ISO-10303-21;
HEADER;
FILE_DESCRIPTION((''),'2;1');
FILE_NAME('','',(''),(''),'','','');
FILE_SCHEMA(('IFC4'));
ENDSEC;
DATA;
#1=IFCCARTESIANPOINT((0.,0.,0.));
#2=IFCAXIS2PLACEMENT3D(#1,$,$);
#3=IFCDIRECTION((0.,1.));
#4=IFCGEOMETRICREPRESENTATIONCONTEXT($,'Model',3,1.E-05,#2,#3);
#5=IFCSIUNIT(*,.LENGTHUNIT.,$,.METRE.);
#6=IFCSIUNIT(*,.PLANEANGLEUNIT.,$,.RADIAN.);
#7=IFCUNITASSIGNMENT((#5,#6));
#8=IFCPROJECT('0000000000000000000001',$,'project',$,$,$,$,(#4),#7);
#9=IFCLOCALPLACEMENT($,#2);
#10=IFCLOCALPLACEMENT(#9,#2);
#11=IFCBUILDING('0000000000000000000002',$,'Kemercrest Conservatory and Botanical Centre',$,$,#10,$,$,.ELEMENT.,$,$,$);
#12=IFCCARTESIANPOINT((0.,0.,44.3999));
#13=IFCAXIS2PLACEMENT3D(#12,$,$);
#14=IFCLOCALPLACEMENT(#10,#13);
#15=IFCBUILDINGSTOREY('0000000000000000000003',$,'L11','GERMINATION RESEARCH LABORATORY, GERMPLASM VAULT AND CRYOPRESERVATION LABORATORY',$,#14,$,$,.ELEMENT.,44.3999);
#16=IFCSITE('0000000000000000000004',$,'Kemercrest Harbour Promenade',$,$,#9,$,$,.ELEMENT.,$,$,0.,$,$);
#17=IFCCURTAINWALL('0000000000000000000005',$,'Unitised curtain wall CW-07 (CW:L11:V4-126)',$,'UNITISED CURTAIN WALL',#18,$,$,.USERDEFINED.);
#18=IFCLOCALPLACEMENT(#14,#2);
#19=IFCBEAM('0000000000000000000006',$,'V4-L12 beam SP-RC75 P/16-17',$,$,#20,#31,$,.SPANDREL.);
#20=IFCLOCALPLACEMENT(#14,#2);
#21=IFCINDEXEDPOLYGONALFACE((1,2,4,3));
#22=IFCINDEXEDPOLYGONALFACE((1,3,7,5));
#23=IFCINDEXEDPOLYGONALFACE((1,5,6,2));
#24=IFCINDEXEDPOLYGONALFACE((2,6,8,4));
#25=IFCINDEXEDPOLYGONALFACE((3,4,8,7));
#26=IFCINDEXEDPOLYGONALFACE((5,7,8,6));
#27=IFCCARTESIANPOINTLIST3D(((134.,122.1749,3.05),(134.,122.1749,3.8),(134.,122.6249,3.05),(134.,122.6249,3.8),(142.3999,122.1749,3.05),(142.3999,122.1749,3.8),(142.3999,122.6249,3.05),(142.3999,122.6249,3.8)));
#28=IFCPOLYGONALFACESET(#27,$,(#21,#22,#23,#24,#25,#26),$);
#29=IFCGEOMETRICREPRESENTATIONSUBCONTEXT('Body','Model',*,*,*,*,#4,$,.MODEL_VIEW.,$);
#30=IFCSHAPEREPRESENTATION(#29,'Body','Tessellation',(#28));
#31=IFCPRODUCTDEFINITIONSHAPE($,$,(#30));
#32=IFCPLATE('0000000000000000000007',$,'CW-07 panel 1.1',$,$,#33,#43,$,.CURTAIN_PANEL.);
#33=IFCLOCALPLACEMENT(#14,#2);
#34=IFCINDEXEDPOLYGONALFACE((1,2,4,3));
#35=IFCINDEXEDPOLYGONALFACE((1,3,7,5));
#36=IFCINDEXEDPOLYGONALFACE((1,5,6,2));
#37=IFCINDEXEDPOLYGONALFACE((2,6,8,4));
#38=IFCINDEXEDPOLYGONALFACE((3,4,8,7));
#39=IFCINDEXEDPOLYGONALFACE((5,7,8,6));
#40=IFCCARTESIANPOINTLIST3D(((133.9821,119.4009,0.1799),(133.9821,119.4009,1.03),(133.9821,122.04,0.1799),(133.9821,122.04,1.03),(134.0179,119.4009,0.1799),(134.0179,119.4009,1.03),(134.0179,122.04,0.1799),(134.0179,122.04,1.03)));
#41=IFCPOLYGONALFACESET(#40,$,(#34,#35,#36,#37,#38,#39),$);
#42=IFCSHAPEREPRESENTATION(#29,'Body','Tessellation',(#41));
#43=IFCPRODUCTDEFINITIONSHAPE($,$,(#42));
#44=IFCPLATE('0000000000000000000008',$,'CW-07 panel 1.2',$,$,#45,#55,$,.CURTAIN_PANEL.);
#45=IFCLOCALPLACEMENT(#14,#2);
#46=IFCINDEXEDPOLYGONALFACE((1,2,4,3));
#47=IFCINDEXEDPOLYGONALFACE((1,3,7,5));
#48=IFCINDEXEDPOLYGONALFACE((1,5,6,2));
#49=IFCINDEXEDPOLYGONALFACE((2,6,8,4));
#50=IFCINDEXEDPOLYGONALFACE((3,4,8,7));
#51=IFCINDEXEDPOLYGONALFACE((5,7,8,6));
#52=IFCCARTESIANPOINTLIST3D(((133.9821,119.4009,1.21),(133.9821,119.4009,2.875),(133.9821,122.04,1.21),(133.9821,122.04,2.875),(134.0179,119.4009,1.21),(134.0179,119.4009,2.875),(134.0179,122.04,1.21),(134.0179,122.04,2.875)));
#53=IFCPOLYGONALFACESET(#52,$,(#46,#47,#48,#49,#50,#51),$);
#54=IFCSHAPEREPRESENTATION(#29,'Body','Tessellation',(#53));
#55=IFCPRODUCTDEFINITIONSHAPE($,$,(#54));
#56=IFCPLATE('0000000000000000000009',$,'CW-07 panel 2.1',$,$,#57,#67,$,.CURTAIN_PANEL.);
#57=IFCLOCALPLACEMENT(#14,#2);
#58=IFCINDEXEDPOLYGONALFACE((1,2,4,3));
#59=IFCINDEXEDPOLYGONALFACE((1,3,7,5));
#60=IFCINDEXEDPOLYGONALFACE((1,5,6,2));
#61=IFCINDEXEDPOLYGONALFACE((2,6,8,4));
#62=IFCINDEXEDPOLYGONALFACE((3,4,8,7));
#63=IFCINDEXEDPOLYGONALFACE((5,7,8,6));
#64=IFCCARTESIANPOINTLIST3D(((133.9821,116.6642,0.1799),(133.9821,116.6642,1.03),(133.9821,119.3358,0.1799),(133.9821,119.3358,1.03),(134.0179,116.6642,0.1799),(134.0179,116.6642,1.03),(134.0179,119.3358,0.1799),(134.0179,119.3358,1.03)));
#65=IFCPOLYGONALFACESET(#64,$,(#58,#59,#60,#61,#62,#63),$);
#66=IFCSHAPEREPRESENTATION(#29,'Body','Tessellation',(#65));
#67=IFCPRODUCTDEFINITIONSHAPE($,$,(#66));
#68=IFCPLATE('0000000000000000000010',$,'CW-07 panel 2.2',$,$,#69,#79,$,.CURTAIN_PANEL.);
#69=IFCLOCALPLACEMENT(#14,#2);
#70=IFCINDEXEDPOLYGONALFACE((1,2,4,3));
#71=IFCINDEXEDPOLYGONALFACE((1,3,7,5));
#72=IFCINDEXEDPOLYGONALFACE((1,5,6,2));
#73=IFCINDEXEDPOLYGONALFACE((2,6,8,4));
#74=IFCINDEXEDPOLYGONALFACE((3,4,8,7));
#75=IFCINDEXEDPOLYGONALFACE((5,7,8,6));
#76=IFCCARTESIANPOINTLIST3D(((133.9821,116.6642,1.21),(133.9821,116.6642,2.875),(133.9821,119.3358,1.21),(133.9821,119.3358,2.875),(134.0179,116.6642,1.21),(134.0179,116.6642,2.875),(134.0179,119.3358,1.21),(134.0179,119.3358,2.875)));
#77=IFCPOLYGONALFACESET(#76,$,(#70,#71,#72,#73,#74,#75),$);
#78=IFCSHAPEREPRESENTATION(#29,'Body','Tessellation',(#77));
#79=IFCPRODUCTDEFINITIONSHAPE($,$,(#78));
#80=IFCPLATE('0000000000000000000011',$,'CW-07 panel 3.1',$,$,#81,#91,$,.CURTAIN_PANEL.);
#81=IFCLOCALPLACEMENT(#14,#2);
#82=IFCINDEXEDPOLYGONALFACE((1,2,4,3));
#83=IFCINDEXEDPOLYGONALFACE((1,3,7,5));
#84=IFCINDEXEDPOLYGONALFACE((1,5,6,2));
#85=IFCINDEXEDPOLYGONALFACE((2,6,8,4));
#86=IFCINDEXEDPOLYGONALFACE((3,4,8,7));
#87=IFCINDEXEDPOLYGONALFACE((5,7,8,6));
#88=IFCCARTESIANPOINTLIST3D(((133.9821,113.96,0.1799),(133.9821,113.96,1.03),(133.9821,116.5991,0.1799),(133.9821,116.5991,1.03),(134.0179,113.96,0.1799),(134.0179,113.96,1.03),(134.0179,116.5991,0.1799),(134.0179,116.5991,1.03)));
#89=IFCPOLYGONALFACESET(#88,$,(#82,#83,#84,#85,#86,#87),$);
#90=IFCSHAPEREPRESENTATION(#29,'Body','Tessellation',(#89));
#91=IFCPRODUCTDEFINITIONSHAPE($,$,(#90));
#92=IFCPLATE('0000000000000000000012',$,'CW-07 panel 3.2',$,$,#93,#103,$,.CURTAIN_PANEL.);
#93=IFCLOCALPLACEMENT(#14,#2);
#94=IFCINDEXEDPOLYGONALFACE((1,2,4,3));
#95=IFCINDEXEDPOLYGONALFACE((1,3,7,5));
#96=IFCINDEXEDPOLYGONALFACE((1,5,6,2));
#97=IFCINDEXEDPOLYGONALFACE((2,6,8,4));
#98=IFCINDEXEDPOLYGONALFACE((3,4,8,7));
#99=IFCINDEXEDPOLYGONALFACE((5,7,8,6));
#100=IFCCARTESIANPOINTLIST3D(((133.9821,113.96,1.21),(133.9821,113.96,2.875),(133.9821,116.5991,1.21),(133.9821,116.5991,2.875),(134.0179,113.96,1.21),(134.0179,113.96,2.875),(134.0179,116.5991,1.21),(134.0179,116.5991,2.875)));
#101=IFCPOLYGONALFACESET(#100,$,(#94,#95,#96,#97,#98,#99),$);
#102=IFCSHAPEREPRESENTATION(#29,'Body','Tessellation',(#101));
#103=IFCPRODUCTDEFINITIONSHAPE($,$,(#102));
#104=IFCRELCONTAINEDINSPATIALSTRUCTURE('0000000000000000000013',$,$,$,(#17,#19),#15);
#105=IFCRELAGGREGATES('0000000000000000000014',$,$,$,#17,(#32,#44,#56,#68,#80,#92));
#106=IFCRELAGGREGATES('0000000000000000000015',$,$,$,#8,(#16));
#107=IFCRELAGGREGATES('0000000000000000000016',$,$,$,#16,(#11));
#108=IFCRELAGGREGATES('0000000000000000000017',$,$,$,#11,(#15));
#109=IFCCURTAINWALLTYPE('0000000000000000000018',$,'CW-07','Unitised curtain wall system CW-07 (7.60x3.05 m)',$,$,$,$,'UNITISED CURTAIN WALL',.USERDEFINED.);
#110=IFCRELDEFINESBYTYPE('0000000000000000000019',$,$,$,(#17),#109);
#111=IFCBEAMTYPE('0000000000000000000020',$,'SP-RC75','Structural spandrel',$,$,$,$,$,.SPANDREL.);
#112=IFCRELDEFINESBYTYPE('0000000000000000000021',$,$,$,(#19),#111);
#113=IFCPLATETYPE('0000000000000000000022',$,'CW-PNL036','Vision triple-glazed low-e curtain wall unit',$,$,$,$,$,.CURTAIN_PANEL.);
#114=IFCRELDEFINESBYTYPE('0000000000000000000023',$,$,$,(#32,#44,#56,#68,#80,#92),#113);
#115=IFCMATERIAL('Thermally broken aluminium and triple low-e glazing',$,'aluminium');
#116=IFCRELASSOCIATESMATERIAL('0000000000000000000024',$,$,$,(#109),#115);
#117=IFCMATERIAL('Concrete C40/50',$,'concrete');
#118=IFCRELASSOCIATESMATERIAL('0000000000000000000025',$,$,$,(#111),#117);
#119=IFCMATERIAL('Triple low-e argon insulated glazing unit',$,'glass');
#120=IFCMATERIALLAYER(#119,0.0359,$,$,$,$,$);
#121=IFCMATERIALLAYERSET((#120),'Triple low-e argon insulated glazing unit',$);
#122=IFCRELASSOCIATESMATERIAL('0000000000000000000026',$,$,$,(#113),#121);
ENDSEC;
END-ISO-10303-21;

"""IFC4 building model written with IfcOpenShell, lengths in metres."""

from ifc_helpers import new_model, si_unit, direction, frame, origin, origin_2d, place, context, subcontext, project, spatial, rectangle, extrude, material, layer, layer_set, material_profile, profile_set, type_object, element, aggregate, save


model = new_model("IFC4")

# Units and contexts
model_context = context("Model", 3, precision=1e-05, world=origin(), true_north=direction((0.0, 1.0)))
body_context = subcontext(model_context, "Body", "Model", "MODEL_VIEW")
ifc_project = project(units=[si_unit("LENGTHUNIT", "METRE"), si_unit("PLANEANGLEUNIT", "RADIAN")], contexts=[model_context])

# Site, building, storey
site_placement = place(None, origin())
site = spatial("IfcSite", under=ifc_project, at=site_placement, Name="Kemercrest Harbour Promenade", CompositionType="ELEMENT", RefElevation=0.0)
building_placement = place(site_placement, origin())
building = spatial("IfcBuilding", under=site, at=building_placement, Name="Kemercrest Conservatory and Botanical Centre", CompositionType="ELEMENT")
storey_placement = place(building_placement, frame((0.0, 0.0, 44.3999)))
storey = spatial("IfcBuildingStorey", under=building, at=storey_placement, Name="L11", Description="GERMINATION RESEARCH LABORATORY, GERMPLASM VAULT AND CRYOPRESERVATION LABORATORY", CompositionType="ELEMENT", Elevation=44.3999)

# Shared definitions
ifc_material_1 = material(Name="Concrete C40/50", Category="concrete")

# Curtain wall
ifc_material_2 = material(Name="Thermally broken aluminium and triple low-e glazing", Category="aluminium")
curtain_wall_type = type_object("IfcCurtainWallType", Name="CW-07", Description="Unitised curtain wall system CW-07 (7.60x3.05 m)", ElementType="UNITISED CURTAIN WALL", PredefinedType="USERDEFINED", material=ifc_material_2)
curtain_wall_placement = place(storey_placement, origin())
curtain_wall = element("IfcCurtainWall", 1, at=curtain_wall_placement, inside=storey, type_object=curtain_wall_type, Name="Unitised curtain wall CW-07 (CW:L11:V4-126)", ObjectType="UNITISED CURTAIN WALL", PredefinedType="USERDEFINED")

# Beam
ifc_material_profile_1 = material_profile(ifc_material_1, rectangle(XDim=0.45, YDim=0.75, at=origin_2d()), Name="RC 450x750")
ifc_profile_set_1 = profile_set([ifc_material_profile_1], Name="Concrete C40/50")
beam_type = type_object("IfcBeamType", Name="SP-RC75", Description="Structural spandrel", PredefinedType="SPANDREL", material=ifc_profile_set_1)
beam_placement = place(storey_placement, frame((134.0, 122.3999, 3.425), z_axis=(1.0, 0.0, 0.0), x_axis=(0.0, 1.0, 0.0)))
element("IfcBeam", 2, at=beam_placement, inside=storey, type_object=beam_type, Name="V4-L12 beam SP-RC75 P/16-17", PredefinedType="SPANDREL", context=body_context, shape_type="SweptSolid", body=[
    extrude(rectangle(XDim=0.45, YDim=0.75, at=origin_2d()), origin(), (0.0, 0.0, 1.0), 8.3999),
])

# Plates
ifc_material_3 = material(Name="Triple low-e argon insulated glazing unit", Category="glass")
ifc_layer = layer(ifc_material_3, 0.0359)
ifc_layer_set = layer_set([ifc_layer], Name="Triple low-e argon insulated glazing unit")
plate_type = type_object("IfcPlateType", Name="CW-PNL036", Description="Vision triple-glazed low-e curtain wall unit", PredefinedType="CURTAIN_PANEL", material=ifc_layer_set)
plate_1_placement = place(storey_placement, frame((134.0, 120.7205, 0.1799), z_axis=(0.0, 0.0, 1.0), x_axis=(0.0, -1.0, 0.0)))
plate_1 = element("IfcPlate", 3, at=plate_1_placement, type_object=plate_type, Name="CW-07 panel 1.1", PredefinedType="CURTAIN_PANEL", context=body_context, shape_type="SweptSolid", body=[
    extrude(rectangle(XDim=2.6392, YDim=0.0359, at=origin_2d()), origin(), (0.0, 0.0, 1.0), 0.8501),
])
plate_2_placement = place(storey_placement, frame((134.0, 120.7205, 1.21), z_axis=(0.0, 0.0, 1.0), x_axis=(0.0, -1.0, 0.0)))
plate_2 = element("IfcPlate", 4, at=plate_2_placement, type_object=plate_type, Name="CW-07 panel 1.2", PredefinedType="CURTAIN_PANEL", context=body_context, shape_type="SweptSolid", body=[
    extrude(rectangle(XDim=2.6392, YDim=0.0359, at=origin_2d()), origin(), (0.0, 0.0, 1.0), 1.665),
])
plate_3_placement = place(storey_placement, frame((134.0, 118.0, 0.1799), z_axis=(0.0, 0.0, 1.0), x_axis=(0.0, -1.0, 0.0)))
plate_3 = element("IfcPlate", 5, at=plate_3_placement, type_object=plate_type, Name="CW-07 panel 2.1", PredefinedType="CURTAIN_PANEL", context=body_context, shape_type="SweptSolid", body=[
    extrude(rectangle(XDim=2.6716, YDim=0.0359, at=origin_2d()), origin(), (0.0, 0.0, 1.0), 0.8501),
])
plate_4_placement = place(storey_placement, frame((134.0, 118.0, 1.21), z_axis=(0.0, 0.0, 1.0), x_axis=(0.0, -1.0, 0.0)))
plate_4 = element("IfcPlate", 6, at=plate_4_placement, type_object=plate_type, Name="CW-07 panel 2.2", PredefinedType="CURTAIN_PANEL", context=body_context, shape_type="SweptSolid", body=[
    extrude(rectangle(XDim=2.6716, YDim=0.0359, at=origin_2d()), origin(), (0.0, 0.0, 1.0), 1.665),
])
plate_5_placement = place(storey_placement, frame((134.0, 115.2795, 0.1799), z_axis=(0.0, 0.0, 1.0), x_axis=(0.0, -1.0, 0.0)))
plate_5 = element("IfcPlate", 7, at=plate_5_placement, type_object=plate_type, Name="CW-07 panel 3.1", PredefinedType="CURTAIN_PANEL", context=body_context, shape_type="SweptSolid", body=[
    extrude(rectangle(XDim=2.6392, YDim=0.0359, at=origin_2d()), origin(), (0.0, 0.0, 1.0), 0.8501),
])
plate_6_placement = place(storey_placement, frame((134.0, 115.2795, 1.21), z_axis=(0.0, 0.0, 1.0), x_axis=(0.0, -1.0, 0.0)))
plate_6 = element("IfcPlate", 8, at=plate_6_placement, type_object=plate_type, Name="CW-07 panel 3.2", PredefinedType="CURTAIN_PANEL", context=body_context, shape_type="SweptSolid", body=[
    extrude(rectangle(XDim=2.6392, YDim=0.0359, at=origin_2d()), origin(), (0.0, 0.0, 1.0), 1.665),
])
aggregate(curtain_wall, [plate_1, plate_2, plate_3, plate_4, plate_5, plate_6])

save(model, "model.ifc")
